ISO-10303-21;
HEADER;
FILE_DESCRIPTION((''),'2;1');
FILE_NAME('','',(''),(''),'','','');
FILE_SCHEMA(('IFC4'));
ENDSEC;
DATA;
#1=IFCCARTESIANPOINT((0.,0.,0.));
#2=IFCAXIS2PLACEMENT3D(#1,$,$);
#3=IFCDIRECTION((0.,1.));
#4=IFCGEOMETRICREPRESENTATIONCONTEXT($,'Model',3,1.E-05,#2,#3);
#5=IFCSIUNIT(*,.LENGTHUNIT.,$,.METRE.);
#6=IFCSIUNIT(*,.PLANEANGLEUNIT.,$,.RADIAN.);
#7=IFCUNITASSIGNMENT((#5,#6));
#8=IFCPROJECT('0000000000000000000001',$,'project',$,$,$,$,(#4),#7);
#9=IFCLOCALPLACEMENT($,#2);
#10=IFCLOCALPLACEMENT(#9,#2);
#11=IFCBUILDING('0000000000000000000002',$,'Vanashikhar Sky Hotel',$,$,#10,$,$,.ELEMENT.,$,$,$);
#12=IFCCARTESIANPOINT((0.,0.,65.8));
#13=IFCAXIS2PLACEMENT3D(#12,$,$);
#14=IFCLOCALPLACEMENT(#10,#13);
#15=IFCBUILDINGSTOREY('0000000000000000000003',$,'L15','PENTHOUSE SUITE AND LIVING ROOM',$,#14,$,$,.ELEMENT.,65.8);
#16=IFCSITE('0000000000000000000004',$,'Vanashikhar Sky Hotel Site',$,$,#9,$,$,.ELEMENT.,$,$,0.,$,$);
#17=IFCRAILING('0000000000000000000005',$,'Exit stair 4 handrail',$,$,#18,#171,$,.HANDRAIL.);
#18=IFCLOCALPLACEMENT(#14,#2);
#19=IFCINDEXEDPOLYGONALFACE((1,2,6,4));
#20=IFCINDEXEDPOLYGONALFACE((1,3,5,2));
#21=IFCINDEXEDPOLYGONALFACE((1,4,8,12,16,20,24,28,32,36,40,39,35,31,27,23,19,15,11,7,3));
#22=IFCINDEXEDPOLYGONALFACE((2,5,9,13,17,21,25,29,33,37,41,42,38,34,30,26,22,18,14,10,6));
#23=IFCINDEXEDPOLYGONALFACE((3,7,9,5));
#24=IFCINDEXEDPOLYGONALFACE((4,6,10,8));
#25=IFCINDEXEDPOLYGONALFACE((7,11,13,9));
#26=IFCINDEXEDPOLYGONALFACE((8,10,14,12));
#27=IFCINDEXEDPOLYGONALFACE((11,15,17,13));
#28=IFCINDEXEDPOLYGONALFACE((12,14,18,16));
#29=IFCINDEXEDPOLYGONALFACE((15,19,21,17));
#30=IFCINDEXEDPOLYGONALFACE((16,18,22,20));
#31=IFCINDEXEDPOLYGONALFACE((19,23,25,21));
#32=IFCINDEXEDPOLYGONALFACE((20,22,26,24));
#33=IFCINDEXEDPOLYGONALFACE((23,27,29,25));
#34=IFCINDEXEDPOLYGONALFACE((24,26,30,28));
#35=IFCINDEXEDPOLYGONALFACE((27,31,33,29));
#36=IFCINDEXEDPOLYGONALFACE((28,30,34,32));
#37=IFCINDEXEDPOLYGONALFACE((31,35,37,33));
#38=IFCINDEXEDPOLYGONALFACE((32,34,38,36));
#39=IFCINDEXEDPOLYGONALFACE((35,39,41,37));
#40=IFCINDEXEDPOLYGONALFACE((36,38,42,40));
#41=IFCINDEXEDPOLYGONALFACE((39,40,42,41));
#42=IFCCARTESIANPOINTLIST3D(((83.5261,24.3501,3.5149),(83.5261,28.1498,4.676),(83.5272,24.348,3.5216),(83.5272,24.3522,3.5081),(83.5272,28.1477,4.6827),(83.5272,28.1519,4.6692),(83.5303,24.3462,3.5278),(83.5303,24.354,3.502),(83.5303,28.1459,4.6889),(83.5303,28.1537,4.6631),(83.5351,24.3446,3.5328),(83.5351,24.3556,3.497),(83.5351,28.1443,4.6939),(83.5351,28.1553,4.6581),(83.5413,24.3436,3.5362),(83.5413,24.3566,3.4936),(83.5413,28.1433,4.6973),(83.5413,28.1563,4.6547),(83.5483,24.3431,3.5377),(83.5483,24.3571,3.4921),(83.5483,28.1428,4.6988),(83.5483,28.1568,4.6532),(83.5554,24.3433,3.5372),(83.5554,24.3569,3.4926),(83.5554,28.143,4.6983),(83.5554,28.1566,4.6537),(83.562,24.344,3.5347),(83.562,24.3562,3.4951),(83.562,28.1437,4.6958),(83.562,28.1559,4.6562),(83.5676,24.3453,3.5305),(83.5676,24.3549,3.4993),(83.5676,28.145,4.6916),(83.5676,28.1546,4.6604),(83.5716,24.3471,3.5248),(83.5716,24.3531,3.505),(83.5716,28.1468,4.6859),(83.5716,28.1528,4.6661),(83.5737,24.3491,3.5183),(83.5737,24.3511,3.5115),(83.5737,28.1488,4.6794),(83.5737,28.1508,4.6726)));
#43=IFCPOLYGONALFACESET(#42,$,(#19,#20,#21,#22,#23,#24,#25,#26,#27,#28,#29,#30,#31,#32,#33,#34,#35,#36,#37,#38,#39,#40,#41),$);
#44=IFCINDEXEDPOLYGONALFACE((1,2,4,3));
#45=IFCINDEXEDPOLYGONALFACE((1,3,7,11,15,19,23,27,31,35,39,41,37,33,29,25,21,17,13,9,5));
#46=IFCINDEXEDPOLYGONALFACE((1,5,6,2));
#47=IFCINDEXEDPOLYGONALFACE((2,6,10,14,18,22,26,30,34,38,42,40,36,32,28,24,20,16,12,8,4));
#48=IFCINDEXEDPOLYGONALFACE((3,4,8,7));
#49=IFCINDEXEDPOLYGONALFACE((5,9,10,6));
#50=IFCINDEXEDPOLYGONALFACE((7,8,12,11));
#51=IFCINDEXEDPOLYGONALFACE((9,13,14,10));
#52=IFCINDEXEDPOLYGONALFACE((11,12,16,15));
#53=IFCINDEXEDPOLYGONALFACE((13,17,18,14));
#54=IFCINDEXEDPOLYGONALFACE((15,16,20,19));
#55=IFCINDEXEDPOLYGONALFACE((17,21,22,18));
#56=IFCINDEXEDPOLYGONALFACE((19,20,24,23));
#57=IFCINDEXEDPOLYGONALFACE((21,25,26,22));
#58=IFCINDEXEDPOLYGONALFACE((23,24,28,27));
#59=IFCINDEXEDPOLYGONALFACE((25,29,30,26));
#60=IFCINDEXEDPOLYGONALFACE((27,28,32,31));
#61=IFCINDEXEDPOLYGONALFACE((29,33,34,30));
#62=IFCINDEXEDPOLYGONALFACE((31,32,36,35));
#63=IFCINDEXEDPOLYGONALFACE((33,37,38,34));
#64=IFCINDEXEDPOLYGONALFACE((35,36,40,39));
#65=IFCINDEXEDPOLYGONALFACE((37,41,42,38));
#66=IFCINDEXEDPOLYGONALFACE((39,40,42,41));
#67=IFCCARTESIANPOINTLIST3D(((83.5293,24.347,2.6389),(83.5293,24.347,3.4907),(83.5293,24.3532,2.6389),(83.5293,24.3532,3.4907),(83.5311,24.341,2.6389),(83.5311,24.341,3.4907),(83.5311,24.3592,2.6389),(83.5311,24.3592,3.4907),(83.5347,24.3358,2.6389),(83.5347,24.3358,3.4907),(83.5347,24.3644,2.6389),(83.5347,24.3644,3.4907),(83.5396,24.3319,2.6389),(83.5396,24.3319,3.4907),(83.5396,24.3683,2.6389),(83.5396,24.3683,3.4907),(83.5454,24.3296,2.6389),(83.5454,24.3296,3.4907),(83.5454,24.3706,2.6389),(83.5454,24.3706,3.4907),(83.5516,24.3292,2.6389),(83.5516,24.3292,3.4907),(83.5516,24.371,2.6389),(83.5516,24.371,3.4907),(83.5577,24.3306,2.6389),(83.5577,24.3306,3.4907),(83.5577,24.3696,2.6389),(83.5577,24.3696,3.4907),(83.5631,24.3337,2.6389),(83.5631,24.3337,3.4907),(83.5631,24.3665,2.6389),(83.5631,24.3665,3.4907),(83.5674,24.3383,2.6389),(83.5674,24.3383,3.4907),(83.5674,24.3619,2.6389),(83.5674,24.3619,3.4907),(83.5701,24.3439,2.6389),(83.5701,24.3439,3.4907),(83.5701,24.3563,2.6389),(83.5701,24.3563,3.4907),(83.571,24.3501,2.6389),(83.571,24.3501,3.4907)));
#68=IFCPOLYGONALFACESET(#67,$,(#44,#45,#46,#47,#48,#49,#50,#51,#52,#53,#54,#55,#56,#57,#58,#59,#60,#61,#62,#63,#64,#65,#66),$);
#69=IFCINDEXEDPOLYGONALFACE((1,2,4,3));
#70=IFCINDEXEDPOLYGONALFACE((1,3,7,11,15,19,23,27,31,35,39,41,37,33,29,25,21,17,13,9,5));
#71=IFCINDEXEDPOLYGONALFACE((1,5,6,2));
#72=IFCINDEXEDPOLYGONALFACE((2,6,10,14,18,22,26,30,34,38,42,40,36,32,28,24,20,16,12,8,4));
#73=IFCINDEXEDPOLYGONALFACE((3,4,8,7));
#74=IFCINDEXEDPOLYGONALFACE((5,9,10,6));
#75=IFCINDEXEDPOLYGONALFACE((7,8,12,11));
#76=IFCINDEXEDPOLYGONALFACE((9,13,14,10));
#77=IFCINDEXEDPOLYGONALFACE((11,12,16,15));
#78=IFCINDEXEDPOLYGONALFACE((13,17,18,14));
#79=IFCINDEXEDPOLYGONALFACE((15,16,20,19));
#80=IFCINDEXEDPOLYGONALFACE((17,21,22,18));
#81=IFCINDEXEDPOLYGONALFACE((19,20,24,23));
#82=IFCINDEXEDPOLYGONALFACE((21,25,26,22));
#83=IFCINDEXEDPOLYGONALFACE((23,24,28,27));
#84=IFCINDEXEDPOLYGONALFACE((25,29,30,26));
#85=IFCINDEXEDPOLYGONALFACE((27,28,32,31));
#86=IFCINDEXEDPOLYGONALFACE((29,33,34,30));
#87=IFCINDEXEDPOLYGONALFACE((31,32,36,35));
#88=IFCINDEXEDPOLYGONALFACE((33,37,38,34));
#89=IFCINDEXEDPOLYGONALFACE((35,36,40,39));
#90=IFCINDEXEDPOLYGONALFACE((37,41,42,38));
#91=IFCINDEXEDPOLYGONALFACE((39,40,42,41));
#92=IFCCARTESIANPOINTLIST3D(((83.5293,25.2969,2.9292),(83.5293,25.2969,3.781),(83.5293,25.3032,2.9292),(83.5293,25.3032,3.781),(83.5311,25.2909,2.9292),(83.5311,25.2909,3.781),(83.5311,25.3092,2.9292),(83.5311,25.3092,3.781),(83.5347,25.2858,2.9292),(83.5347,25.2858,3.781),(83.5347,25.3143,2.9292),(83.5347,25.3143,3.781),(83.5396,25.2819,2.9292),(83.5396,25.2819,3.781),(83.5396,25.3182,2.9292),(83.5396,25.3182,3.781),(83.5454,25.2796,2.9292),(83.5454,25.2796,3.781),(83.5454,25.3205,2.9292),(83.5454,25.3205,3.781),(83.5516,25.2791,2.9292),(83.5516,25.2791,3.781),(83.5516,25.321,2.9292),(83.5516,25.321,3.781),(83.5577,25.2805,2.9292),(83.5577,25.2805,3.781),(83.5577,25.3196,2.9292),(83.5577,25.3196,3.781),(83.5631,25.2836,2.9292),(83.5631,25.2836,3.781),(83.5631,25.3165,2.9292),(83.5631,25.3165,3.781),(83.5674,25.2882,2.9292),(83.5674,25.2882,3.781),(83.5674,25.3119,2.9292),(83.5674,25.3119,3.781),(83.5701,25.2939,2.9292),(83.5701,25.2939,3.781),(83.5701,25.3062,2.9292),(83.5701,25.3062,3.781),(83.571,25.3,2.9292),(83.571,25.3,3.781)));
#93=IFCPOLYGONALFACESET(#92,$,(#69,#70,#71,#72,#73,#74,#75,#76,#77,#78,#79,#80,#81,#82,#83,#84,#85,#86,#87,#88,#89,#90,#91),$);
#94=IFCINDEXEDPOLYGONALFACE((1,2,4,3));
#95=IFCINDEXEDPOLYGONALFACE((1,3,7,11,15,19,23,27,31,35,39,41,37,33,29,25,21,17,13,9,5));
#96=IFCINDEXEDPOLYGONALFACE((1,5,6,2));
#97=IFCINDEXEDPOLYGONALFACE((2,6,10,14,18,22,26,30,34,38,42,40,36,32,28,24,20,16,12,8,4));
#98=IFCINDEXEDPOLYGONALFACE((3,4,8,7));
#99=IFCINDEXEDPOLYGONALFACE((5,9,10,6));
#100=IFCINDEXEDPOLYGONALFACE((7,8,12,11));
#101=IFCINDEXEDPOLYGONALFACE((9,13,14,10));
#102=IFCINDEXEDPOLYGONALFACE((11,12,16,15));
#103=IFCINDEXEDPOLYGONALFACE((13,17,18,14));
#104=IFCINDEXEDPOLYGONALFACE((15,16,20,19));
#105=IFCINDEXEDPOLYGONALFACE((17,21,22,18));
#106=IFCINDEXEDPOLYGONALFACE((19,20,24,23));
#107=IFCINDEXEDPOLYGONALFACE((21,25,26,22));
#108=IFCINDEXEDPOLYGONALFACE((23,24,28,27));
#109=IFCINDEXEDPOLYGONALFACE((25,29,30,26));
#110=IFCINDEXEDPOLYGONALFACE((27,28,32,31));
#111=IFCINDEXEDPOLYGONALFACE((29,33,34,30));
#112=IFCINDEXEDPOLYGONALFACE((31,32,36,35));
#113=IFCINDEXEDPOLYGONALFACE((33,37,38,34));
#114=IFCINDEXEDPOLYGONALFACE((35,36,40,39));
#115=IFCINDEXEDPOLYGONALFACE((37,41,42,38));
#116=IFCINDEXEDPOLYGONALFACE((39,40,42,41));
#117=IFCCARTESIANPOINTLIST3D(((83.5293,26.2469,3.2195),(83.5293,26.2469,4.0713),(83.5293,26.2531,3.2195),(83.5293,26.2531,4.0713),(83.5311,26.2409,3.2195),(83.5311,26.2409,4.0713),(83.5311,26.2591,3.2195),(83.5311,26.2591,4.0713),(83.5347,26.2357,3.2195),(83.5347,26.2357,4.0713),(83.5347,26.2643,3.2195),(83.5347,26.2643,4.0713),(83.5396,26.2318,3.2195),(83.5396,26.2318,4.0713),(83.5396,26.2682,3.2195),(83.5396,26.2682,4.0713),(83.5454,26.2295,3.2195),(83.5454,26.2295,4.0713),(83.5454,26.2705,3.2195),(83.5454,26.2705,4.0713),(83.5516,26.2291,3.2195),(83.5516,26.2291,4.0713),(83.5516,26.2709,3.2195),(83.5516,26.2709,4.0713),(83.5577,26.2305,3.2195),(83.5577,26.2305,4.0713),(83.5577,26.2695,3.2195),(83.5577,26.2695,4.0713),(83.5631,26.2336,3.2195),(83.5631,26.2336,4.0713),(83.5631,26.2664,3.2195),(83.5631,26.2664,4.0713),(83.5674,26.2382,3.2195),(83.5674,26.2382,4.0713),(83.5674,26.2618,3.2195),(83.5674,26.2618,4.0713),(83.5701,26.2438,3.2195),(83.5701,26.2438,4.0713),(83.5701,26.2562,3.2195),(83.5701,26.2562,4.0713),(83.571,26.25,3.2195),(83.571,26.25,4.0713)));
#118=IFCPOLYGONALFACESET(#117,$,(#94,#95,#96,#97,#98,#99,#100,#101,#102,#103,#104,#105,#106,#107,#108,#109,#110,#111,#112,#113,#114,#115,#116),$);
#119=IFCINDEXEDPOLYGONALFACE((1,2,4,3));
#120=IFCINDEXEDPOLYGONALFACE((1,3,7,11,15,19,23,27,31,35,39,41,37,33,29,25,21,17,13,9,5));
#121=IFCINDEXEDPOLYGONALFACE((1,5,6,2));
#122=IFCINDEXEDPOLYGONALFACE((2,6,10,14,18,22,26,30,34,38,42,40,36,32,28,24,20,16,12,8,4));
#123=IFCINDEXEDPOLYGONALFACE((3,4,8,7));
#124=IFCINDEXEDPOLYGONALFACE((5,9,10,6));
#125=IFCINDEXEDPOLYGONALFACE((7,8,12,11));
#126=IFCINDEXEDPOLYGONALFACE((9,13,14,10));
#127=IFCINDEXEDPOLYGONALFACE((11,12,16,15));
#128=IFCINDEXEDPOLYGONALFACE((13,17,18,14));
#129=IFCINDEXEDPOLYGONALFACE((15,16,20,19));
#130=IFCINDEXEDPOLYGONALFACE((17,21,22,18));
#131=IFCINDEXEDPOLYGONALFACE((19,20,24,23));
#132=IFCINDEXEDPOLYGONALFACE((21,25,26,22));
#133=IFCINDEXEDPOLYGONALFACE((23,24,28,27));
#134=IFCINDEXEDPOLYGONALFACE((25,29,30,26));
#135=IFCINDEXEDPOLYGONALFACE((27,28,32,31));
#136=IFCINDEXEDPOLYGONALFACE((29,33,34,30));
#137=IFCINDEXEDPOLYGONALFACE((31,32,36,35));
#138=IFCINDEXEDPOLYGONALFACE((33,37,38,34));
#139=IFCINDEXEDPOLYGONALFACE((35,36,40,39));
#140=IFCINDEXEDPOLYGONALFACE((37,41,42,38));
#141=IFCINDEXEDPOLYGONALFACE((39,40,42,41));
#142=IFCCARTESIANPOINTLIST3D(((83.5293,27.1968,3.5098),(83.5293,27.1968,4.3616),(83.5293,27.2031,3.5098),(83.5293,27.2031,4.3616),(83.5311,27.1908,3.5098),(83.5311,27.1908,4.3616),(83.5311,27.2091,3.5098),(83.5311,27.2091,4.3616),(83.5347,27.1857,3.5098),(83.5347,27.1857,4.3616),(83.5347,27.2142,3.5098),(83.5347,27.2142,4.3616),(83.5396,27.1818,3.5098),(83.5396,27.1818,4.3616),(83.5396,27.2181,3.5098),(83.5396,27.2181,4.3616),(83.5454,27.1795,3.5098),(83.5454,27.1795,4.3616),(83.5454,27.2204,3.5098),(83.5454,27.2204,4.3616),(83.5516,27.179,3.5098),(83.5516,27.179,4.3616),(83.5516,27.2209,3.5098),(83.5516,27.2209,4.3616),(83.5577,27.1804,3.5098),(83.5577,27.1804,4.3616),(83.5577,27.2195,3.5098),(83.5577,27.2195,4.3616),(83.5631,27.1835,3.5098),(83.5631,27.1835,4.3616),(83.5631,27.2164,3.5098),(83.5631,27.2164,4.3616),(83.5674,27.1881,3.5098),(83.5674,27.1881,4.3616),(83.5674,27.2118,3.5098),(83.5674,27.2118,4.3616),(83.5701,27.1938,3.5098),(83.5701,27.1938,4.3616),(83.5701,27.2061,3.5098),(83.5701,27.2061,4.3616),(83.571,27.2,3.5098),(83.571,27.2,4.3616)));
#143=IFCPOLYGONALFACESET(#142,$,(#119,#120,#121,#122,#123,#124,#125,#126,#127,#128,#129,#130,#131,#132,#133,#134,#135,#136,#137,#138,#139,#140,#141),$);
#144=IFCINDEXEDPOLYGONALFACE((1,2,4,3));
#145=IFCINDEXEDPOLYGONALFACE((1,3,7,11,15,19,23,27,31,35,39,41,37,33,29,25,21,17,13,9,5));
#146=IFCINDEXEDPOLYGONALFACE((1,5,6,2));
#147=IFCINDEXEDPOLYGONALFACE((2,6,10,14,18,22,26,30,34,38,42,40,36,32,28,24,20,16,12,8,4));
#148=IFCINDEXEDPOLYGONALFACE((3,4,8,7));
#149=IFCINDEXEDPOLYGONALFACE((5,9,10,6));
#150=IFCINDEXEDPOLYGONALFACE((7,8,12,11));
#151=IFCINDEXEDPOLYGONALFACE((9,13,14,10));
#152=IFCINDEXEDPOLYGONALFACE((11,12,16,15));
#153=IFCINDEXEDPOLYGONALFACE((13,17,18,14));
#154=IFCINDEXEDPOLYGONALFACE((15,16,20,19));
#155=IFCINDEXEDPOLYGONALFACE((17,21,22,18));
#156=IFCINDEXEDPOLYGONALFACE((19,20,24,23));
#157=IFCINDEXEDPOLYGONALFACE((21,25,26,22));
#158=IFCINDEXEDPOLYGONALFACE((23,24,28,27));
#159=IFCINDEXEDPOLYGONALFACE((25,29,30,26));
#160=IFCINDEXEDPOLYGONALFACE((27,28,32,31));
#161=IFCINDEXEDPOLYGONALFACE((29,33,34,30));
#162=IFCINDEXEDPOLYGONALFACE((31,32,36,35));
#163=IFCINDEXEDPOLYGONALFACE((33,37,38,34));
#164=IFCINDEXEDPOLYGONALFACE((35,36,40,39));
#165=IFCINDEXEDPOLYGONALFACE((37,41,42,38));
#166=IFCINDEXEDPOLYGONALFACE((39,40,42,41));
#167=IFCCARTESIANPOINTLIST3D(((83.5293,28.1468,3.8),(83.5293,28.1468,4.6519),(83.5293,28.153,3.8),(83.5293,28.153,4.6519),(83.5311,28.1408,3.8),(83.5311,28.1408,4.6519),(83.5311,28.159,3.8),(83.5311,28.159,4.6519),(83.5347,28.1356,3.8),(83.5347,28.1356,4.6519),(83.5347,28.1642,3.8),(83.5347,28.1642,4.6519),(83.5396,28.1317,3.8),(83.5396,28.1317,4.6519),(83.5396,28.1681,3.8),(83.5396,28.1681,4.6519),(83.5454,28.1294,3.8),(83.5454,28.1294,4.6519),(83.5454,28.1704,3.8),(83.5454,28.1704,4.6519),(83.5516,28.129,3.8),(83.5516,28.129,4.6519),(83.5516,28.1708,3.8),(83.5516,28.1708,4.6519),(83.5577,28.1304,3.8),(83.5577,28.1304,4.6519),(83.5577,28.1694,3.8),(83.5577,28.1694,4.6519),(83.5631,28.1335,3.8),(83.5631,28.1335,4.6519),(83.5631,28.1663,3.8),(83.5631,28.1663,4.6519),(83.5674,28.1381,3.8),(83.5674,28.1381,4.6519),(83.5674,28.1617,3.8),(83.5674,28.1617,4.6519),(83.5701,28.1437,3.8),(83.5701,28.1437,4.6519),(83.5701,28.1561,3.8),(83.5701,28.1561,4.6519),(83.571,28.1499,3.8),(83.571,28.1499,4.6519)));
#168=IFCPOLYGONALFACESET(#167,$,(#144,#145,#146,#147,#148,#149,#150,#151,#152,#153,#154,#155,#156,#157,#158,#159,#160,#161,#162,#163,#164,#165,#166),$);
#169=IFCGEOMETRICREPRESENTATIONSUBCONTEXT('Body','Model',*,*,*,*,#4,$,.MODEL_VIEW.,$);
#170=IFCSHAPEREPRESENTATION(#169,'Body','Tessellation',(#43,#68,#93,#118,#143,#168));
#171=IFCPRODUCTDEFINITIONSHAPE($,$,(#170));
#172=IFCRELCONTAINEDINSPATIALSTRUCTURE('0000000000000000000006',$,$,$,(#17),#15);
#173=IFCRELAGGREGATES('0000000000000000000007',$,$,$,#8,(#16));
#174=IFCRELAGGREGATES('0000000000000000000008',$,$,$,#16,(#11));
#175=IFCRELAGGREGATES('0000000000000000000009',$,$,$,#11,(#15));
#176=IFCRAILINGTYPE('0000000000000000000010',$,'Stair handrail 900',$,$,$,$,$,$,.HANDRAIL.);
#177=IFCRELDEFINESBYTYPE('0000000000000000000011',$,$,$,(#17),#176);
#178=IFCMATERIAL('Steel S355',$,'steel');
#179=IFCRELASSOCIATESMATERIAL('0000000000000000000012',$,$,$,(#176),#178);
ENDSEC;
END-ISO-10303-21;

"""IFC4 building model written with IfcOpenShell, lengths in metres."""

from ifc_helpers import new_model, si_unit, direction, frame, origin, origin_2d, place, context, subcontext, project, spatial, circle, extrude, source, transform, mapped, material, type_object, element, save


model = new_model("IFC4")

# Units and contexts
model_context = context("Model", 3, precision=1e-05, world=origin(), true_north=direction((0.0, 1.0)))
body_context = subcontext(model_context, "Body", "Model", "MODEL_VIEW")
ifc_project = project(units=[si_unit("LENGTHUNIT", "METRE"), si_unit("PLANEANGLEUNIT", "RADIAN")], contexts=[model_context])

# Site, building, storey
site_placement = place(None, origin())
site = spatial("IfcSite", under=ifc_project, at=site_placement, Name="Vanashikhar Sky Hotel Site", CompositionType="ELEMENT", RefElevation=0.0)
building_placement = place(site_placement, origin())
building = spatial("IfcBuilding", under=site, at=building_placement, Name="Vanashikhar Sky Hotel", CompositionType="ELEMENT")
storey_placement = place(building_placement, frame((0.0, 0.0, 65.8)))
storey = spatial("IfcBuildingStorey", under=building, at=storey_placement, Name="L15", Description="PENTHOUSE SUITE AND LIVING ROOM", CompositionType="ELEMENT", Elevation=65.8)

# Railing
ifc_material_1 = material(Name="Steel S355", Category="steel")
railing_type_1 = type_object("IfcRailingType", Name="Stair handrail 900", PredefinedType="HANDRAIL", material=ifc_material_1)
shared_shape_1 = source(origin(), body_context, "Body", "SweptSolid", [
    extrude(circle(Radius=0.0239, at=origin_2d()), frame((0.0, 0.0, 0.876), z_axis=(0.0, 0.956346, 0.292237), x_axis=(-1.0, 0.0, 0.0)), (0.0, 0.0, 1.0), 3.9731),
    extrude(circle(Radius=0.021, at=origin_2d()), origin(), (0.0, 0.0, 1.0), 0.8518),
    extrude(circle(Radius=0.021, at=origin_2d()), frame((0.0, 0.95, 0.2903)), (0.0, 0.0, 1.0), 0.8518),
    extrude(circle(Radius=0.021, at=origin_2d()), frame((0.0, 1.8999, 0.5806)), (0.0, 0.0, 1.0), 0.8518),
    extrude(circle(Radius=0.021, at=origin_2d()), frame((0.0, 2.8499, 0.8708)), (0.0, 0.0, 1.0), 0.8518),
    extrude(circle(Radius=0.021, at=origin_2d()), frame((0.0, 3.7998, 1.1611)), (0.0, 0.0, 1.0), 0.8518),
])
for number, where, name in (
    (1, (83.55, 24.3501, 2.6389), "Exit stair 4 handrail"),
):
    element("IfcRailing", number, at=place(storey_placement, frame(where)), inside=storey, type_object=railing_type_1, Name=name, PredefinedType="HANDRAIL", context=body_context, shape_type="MappedRepresentation", body=[
        mapped(shared_shape_1, transform((0.0, 0.0, 0.0), scale=1.0)),
    ])

save(model, "model.ifc")
